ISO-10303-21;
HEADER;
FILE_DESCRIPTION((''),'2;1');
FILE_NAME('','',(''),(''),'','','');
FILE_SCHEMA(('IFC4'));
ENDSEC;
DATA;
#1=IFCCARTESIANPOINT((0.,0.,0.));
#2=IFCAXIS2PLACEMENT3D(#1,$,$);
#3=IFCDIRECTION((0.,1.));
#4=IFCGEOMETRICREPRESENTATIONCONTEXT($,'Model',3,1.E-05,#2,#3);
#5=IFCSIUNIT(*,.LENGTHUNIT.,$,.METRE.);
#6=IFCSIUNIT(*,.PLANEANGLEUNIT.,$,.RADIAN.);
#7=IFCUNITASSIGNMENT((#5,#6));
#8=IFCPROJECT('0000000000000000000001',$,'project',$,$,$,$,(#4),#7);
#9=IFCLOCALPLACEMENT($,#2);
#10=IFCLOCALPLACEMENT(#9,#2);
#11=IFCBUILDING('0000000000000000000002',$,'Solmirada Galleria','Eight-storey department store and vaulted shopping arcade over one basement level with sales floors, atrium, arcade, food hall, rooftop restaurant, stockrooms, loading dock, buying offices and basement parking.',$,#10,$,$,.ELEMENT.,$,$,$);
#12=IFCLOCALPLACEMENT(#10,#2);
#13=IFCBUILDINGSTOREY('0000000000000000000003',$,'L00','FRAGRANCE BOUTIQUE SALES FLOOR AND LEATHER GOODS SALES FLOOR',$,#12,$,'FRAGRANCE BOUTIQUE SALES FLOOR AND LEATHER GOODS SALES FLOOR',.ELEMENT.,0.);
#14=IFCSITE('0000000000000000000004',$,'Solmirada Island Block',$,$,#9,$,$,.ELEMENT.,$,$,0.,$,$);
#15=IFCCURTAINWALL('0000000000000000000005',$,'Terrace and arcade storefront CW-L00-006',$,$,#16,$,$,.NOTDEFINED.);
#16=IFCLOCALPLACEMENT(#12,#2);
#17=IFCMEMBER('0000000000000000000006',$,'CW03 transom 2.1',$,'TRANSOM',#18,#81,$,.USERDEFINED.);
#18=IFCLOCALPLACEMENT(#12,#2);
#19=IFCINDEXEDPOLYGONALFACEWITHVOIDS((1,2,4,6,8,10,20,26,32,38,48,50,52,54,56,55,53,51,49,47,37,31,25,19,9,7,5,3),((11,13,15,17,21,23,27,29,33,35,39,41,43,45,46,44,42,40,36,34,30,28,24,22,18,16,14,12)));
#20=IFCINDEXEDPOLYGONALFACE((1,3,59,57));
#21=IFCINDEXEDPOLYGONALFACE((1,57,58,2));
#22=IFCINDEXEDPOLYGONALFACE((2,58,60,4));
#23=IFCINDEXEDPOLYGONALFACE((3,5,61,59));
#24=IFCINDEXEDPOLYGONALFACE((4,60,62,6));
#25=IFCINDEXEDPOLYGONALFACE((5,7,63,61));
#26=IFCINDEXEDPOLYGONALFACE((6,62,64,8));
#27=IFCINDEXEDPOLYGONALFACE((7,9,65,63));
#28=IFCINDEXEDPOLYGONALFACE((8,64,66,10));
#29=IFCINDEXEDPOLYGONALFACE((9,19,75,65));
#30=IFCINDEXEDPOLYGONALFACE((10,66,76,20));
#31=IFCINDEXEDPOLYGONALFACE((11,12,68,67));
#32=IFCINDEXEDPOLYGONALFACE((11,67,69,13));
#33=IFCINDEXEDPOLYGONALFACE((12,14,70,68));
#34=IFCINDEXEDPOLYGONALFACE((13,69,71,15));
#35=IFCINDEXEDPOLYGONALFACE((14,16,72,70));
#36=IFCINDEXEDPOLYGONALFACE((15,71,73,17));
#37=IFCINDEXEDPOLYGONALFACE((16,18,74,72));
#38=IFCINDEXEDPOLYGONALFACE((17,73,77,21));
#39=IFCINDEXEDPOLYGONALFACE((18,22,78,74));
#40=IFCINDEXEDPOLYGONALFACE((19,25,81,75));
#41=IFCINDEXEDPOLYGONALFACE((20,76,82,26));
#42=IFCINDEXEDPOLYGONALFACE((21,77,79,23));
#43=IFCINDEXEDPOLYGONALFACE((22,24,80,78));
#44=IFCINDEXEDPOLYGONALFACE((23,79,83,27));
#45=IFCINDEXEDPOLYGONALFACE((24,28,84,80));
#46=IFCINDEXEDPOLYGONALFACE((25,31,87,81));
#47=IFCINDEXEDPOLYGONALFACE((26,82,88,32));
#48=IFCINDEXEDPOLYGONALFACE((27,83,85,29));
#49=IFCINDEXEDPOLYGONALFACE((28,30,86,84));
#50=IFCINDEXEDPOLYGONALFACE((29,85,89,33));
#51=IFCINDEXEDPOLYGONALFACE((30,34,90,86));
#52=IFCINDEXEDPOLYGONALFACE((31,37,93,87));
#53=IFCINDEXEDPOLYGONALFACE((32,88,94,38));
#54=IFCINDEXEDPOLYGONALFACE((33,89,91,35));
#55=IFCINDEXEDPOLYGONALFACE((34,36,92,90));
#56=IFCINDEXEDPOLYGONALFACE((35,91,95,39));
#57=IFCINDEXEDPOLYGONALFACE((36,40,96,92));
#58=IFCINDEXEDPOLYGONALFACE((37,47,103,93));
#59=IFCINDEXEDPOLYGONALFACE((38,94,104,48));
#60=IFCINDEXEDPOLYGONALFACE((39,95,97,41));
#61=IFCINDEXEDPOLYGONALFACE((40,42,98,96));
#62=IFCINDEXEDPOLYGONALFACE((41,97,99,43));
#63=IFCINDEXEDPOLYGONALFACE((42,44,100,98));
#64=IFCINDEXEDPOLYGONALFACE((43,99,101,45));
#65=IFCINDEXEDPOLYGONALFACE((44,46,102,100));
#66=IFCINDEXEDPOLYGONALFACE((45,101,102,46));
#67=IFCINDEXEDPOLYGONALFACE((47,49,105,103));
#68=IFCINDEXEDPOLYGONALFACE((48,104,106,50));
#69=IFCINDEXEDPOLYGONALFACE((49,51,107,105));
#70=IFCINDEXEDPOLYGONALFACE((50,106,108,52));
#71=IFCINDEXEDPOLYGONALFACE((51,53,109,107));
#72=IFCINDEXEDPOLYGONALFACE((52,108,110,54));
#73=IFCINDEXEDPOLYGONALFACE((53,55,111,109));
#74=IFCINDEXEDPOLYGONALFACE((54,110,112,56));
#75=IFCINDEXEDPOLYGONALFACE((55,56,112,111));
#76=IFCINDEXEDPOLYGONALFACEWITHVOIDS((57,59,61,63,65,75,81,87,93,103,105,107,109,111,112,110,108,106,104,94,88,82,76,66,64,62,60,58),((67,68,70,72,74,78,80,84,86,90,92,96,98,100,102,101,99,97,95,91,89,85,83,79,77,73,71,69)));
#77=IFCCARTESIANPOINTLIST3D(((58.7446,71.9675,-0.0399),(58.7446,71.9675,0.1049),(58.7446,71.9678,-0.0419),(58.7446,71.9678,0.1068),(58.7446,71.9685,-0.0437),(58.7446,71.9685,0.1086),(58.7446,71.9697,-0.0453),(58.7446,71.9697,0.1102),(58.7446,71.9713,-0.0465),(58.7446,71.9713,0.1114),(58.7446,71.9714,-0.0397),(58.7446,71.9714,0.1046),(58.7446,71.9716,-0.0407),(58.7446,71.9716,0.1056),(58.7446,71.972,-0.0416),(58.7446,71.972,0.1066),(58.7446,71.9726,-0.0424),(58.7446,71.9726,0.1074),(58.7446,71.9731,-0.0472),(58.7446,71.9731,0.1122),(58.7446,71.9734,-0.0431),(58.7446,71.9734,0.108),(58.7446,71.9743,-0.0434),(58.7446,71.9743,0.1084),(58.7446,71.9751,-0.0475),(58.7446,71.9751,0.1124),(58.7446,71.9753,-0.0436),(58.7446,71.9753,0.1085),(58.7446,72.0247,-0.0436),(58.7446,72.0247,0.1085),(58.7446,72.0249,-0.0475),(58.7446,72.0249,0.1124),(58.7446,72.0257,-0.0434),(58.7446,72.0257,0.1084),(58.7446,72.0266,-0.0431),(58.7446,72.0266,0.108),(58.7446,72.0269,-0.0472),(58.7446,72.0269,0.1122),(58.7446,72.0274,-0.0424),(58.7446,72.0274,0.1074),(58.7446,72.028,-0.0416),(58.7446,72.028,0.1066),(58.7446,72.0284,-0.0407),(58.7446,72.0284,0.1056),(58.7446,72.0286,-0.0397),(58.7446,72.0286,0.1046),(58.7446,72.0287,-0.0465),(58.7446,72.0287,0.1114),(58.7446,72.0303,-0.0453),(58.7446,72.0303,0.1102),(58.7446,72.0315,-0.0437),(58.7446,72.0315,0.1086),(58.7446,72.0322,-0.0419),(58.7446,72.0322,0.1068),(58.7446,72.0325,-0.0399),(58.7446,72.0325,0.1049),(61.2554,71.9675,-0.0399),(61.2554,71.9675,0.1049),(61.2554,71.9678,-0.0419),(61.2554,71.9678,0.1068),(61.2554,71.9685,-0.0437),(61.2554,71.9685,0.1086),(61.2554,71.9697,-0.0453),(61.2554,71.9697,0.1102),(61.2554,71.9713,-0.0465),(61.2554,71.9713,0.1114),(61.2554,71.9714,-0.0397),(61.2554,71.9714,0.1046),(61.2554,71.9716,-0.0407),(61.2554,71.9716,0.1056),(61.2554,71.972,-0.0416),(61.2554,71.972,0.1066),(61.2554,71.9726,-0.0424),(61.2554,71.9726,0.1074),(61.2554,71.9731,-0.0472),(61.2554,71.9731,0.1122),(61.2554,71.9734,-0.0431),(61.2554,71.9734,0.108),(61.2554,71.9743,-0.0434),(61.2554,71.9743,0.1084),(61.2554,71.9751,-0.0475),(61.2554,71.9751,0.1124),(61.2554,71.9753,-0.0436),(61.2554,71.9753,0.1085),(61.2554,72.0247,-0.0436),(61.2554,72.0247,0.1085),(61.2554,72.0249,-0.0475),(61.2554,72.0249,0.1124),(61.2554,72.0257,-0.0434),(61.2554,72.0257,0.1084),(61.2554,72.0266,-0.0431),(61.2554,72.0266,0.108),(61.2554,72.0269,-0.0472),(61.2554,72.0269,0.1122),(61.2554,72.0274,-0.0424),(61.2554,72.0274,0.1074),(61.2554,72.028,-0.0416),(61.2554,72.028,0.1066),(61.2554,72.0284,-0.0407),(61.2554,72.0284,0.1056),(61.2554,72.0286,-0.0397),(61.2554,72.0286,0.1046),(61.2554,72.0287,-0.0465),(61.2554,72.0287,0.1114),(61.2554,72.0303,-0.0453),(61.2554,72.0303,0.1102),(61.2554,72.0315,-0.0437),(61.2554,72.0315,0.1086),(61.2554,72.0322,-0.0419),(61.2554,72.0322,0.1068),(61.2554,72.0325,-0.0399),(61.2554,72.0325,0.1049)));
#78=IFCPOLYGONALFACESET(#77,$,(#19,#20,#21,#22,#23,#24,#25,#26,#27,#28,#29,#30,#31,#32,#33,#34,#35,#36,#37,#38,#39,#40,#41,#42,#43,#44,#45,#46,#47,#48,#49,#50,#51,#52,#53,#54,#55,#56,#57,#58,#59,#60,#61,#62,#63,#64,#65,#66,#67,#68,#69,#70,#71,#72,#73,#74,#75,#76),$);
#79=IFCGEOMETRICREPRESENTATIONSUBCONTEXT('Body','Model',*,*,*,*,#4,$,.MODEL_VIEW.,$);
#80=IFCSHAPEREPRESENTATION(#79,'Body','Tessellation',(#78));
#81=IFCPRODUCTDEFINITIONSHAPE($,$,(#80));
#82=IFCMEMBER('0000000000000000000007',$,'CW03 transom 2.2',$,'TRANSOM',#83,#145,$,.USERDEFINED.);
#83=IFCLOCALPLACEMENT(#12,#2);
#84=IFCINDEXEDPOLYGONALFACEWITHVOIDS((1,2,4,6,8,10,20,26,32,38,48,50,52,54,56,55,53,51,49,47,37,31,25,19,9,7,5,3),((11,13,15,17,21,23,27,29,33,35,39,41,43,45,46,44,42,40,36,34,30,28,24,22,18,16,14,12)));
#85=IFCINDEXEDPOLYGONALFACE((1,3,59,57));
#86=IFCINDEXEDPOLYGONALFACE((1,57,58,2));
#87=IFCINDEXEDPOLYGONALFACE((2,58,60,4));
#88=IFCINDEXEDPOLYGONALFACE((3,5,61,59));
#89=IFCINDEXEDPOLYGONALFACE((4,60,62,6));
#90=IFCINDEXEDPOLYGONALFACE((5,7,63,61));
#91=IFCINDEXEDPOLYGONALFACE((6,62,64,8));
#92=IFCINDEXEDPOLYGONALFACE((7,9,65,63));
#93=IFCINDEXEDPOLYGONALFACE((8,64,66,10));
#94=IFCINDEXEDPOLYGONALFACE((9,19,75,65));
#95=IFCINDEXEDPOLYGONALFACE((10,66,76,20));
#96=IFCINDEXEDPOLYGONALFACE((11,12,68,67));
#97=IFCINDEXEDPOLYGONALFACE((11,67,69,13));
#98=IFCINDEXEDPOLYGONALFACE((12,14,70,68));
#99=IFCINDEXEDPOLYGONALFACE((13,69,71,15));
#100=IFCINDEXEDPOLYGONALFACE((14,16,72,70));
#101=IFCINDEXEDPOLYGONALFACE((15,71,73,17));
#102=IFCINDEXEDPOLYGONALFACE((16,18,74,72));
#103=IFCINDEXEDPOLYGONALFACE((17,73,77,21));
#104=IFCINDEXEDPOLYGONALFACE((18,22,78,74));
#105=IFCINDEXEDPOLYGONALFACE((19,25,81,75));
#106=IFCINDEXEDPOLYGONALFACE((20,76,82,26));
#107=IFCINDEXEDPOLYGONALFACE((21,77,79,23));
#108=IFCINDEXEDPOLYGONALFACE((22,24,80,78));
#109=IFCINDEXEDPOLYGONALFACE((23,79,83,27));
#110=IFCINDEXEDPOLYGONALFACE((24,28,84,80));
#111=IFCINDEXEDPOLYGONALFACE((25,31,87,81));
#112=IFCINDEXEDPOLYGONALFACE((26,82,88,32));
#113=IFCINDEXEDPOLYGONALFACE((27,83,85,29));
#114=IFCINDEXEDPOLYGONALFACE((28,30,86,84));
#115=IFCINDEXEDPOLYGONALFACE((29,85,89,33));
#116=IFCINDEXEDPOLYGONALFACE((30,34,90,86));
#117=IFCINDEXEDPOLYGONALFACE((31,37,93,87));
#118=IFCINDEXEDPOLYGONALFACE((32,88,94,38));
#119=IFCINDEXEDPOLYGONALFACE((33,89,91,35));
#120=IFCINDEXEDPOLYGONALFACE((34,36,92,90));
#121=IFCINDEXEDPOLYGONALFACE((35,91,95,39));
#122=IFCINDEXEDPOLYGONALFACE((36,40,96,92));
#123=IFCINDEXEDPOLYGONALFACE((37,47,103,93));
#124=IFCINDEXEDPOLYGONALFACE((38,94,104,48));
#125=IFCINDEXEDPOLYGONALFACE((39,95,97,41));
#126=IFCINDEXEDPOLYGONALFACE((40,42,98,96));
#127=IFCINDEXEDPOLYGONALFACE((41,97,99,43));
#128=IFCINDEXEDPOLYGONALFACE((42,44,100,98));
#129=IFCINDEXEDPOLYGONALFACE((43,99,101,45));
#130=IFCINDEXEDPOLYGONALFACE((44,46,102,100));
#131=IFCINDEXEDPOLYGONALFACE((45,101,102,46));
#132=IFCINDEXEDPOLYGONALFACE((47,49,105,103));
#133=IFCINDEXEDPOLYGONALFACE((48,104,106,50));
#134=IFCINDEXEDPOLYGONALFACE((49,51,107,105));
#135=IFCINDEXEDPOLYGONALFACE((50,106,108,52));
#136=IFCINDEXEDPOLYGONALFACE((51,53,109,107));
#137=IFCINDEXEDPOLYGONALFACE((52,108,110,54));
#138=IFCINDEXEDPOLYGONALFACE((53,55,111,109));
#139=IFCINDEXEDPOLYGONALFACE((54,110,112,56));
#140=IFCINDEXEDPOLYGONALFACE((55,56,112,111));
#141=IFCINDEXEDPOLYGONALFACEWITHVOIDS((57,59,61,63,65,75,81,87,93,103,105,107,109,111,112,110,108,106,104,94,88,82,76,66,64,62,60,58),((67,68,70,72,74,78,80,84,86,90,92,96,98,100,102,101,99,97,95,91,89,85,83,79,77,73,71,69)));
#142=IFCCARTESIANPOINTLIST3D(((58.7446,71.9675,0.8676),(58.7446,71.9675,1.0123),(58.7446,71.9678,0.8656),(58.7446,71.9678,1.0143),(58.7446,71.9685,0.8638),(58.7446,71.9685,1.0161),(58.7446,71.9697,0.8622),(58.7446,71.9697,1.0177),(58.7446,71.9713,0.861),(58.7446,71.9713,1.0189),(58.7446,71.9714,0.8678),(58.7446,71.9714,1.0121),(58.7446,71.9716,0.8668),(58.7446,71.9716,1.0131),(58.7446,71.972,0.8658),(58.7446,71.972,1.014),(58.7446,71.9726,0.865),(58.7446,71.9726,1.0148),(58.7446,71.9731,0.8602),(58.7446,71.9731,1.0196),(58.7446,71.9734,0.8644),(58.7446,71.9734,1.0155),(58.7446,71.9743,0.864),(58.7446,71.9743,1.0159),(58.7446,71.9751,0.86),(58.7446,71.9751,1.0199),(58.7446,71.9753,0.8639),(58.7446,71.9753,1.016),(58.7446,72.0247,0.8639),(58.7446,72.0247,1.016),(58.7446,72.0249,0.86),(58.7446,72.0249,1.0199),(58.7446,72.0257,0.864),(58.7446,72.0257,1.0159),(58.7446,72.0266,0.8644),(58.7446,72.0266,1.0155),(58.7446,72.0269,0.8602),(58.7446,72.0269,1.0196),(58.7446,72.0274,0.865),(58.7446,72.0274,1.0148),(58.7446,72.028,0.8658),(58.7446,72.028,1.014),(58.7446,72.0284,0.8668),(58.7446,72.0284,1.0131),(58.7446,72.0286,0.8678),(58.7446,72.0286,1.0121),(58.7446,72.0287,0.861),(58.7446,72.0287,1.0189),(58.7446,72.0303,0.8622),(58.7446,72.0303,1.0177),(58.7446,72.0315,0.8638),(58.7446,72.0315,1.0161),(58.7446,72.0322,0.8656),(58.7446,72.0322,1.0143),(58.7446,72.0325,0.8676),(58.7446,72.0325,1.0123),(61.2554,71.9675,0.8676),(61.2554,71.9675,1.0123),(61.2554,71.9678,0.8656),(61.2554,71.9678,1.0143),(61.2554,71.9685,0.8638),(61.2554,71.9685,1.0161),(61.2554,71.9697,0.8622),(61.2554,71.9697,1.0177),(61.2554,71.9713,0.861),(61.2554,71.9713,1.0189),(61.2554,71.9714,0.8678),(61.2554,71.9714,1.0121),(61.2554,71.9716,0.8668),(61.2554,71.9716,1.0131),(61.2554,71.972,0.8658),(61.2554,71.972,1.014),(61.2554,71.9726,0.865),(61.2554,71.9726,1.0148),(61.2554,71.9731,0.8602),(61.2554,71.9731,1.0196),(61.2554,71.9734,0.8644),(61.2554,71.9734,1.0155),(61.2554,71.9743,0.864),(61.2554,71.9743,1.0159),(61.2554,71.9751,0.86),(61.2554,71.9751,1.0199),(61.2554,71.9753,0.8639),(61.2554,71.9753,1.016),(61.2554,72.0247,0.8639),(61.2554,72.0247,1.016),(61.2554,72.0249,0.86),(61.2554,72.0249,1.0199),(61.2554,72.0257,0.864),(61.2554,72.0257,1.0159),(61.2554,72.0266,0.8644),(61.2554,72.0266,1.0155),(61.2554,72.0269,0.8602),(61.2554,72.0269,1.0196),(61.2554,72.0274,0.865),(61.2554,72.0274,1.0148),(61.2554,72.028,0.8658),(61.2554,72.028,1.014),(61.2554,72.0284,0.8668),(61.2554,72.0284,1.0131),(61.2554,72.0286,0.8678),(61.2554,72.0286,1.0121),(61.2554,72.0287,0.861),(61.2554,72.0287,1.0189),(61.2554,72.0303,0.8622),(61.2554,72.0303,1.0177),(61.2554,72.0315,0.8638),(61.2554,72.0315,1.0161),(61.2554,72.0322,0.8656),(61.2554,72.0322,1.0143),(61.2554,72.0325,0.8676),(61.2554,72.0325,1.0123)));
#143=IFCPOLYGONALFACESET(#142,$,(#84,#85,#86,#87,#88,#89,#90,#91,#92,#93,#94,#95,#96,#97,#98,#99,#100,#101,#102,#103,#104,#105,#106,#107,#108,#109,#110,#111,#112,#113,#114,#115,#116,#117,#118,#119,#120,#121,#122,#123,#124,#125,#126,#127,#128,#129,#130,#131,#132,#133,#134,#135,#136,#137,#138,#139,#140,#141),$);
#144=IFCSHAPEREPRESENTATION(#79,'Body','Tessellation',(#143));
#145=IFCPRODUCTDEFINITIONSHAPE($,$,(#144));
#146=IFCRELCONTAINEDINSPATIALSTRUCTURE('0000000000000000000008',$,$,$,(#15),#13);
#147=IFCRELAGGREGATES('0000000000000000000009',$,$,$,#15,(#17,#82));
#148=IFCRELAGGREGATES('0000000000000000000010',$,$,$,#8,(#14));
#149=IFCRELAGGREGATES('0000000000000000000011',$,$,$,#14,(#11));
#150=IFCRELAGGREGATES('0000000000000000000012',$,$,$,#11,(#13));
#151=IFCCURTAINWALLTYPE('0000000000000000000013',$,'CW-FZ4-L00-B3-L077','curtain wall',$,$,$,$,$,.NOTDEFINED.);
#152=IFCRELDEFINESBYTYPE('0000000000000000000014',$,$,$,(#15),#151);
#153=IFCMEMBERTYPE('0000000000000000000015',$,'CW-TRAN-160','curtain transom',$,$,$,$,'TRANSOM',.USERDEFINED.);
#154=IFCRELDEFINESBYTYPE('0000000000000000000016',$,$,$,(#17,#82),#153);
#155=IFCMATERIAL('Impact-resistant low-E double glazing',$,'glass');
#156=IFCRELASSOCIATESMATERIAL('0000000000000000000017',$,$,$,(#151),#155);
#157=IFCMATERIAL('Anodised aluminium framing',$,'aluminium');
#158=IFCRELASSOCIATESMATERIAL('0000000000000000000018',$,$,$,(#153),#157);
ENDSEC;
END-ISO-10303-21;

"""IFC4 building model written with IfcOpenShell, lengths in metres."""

from ifc_helpers import new_model, si_unit, direction, frame, origin, origin_2d, place, context, subcontext, project, spatial, hollow_rectangle, extrude, material, material_profile, profile_set, type_object, element, aggregate, save


model = new_model("IFC4")

# Units and contexts
model_context = context("Model", 3, precision=1e-05, world=origin(), true_north=direction((0.0, 1.0)))
body_context = subcontext(model_context, "Body", "Model", "MODEL_VIEW")
ifc_project = project(units=[si_unit("LENGTHUNIT", "METRE"), si_unit("PLANEANGLEUNIT", "RADIAN")], contexts=[model_context])

# Site, building, storey
site_placement = place(None, origin())
site = spatial("IfcSite", under=ifc_project, at=site_placement, Name="Solmirada Island Block", CompositionType="ELEMENT", RefElevation=0.0)
building_placement = place(site_placement, origin())
building = spatial("IfcBuilding", under=site, at=building_placement, Name="Solmirada Galleria", Description="Eight-storey department store and vaulted shopping arcade over one basement level with sales floors, atrium, arcade, food hall, rooftop restaurant, stockrooms, loading dock, buying offices and basement parking.", CompositionType="ELEMENT")
storey_placement = place(building_placement, origin())
storey = spatial("IfcBuildingStorey", under=building, at=storey_placement, Name="L00", Description="FRAGRANCE BOUTIQUE SALES FLOOR AND LEATHER GOODS SALES FLOOR", LongName="FRAGRANCE BOUTIQUE SALES FLOOR AND LEATHER GOODS SALES FLOOR", CompositionType="ELEMENT", Elevation=0.0)

# Curtain wall
ifc_material_1 = material(Name="Impact-resistant low-E double glazing", Category="glass")
curtain_wall_type_1 = type_object("IfcCurtainWallType", Name="CW-FZ4-L00-B3-L077", Description="curtain wall", PredefinedType="NOTDEFINED", material=ifc_material_1)
curtain_wall_1_placement = place(storey_placement, origin())
curtain_wall_1 = element("IfcCurtainWall", 1, at=curtain_wall_1_placement, inside=storey, type_object=curtain_wall_type_1, Name="Terrace and arcade storefront CW-L00-006", PredefinedType="NOTDEFINED")
ifc_material_2 = material(Name="Anodised aluminium framing", Category="aluminium")

# Members
ifc_material_profile_1 = material_profile(ifc_material_2, hollow_rectangle(XDim=0.0649, YDim=0.1599, WallThickness=0.0039, InnerFilletRadius=0.0039, OuterFilletRadius=0.0076, at=origin_2d()), Name="ALU-TRAN-160X65")
ifc_profile_set_1 = profile_set([ifc_material_profile_1], Name="Anodised aluminium framing")
member_type_1 = type_object("IfcMemberType", Name="CW-TRAN-160", Description="curtain transom", ElementType="TRANSOM", PredefinedType="USERDEFINED", material=ifc_profile_set_1)
member_1_placement = place(storey_placement, frame((61.2554, 72.0, 0.0325), z_axis=(-1.0, 0.0, 0.0), x_axis=(0.0, -1.0, 0.0)))
member_1 = element("IfcMember", 2, at=member_1_placement, type_object=member_type_1, Name="CW03 transom 2.1", ObjectType="TRANSOM", PredefinedType="USERDEFINED", context=body_context, shape_type="SweptSolid", body=[
    extrude(hollow_rectangle(XDim=0.0649, YDim=0.1599, WallThickness=0.0039, InnerFilletRadius=0.0039, OuterFilletRadius=0.0076, at=origin_2d()), origin(), (0.0, 0.0, 1.0), 2.5107),
])
member_2_placement = place(storey_placement, frame((61.2554, 72.0, 0.9399), z_axis=(-1.0, 0.0, 0.0), x_axis=(0.0, -1.0, 0.0)))
member_2 = element("IfcMember", 3, at=member_2_placement, type_object=member_type_1, Name="CW03 transom 2.2", ObjectType="TRANSOM", PredefinedType="USERDEFINED", context=body_context, shape_type="SweptSolid", body=[
    extrude(hollow_rectangle(XDim=0.0649, YDim=0.1599, WallThickness=0.0039, InnerFilletRadius=0.0039, OuterFilletRadius=0.0076, at=origin_2d()), origin(), (0.0, 0.0, 1.0), 2.5107),
])

aggregate(curtain_wall_1, [member_1, member_2])

save(model, "model.ifc")
